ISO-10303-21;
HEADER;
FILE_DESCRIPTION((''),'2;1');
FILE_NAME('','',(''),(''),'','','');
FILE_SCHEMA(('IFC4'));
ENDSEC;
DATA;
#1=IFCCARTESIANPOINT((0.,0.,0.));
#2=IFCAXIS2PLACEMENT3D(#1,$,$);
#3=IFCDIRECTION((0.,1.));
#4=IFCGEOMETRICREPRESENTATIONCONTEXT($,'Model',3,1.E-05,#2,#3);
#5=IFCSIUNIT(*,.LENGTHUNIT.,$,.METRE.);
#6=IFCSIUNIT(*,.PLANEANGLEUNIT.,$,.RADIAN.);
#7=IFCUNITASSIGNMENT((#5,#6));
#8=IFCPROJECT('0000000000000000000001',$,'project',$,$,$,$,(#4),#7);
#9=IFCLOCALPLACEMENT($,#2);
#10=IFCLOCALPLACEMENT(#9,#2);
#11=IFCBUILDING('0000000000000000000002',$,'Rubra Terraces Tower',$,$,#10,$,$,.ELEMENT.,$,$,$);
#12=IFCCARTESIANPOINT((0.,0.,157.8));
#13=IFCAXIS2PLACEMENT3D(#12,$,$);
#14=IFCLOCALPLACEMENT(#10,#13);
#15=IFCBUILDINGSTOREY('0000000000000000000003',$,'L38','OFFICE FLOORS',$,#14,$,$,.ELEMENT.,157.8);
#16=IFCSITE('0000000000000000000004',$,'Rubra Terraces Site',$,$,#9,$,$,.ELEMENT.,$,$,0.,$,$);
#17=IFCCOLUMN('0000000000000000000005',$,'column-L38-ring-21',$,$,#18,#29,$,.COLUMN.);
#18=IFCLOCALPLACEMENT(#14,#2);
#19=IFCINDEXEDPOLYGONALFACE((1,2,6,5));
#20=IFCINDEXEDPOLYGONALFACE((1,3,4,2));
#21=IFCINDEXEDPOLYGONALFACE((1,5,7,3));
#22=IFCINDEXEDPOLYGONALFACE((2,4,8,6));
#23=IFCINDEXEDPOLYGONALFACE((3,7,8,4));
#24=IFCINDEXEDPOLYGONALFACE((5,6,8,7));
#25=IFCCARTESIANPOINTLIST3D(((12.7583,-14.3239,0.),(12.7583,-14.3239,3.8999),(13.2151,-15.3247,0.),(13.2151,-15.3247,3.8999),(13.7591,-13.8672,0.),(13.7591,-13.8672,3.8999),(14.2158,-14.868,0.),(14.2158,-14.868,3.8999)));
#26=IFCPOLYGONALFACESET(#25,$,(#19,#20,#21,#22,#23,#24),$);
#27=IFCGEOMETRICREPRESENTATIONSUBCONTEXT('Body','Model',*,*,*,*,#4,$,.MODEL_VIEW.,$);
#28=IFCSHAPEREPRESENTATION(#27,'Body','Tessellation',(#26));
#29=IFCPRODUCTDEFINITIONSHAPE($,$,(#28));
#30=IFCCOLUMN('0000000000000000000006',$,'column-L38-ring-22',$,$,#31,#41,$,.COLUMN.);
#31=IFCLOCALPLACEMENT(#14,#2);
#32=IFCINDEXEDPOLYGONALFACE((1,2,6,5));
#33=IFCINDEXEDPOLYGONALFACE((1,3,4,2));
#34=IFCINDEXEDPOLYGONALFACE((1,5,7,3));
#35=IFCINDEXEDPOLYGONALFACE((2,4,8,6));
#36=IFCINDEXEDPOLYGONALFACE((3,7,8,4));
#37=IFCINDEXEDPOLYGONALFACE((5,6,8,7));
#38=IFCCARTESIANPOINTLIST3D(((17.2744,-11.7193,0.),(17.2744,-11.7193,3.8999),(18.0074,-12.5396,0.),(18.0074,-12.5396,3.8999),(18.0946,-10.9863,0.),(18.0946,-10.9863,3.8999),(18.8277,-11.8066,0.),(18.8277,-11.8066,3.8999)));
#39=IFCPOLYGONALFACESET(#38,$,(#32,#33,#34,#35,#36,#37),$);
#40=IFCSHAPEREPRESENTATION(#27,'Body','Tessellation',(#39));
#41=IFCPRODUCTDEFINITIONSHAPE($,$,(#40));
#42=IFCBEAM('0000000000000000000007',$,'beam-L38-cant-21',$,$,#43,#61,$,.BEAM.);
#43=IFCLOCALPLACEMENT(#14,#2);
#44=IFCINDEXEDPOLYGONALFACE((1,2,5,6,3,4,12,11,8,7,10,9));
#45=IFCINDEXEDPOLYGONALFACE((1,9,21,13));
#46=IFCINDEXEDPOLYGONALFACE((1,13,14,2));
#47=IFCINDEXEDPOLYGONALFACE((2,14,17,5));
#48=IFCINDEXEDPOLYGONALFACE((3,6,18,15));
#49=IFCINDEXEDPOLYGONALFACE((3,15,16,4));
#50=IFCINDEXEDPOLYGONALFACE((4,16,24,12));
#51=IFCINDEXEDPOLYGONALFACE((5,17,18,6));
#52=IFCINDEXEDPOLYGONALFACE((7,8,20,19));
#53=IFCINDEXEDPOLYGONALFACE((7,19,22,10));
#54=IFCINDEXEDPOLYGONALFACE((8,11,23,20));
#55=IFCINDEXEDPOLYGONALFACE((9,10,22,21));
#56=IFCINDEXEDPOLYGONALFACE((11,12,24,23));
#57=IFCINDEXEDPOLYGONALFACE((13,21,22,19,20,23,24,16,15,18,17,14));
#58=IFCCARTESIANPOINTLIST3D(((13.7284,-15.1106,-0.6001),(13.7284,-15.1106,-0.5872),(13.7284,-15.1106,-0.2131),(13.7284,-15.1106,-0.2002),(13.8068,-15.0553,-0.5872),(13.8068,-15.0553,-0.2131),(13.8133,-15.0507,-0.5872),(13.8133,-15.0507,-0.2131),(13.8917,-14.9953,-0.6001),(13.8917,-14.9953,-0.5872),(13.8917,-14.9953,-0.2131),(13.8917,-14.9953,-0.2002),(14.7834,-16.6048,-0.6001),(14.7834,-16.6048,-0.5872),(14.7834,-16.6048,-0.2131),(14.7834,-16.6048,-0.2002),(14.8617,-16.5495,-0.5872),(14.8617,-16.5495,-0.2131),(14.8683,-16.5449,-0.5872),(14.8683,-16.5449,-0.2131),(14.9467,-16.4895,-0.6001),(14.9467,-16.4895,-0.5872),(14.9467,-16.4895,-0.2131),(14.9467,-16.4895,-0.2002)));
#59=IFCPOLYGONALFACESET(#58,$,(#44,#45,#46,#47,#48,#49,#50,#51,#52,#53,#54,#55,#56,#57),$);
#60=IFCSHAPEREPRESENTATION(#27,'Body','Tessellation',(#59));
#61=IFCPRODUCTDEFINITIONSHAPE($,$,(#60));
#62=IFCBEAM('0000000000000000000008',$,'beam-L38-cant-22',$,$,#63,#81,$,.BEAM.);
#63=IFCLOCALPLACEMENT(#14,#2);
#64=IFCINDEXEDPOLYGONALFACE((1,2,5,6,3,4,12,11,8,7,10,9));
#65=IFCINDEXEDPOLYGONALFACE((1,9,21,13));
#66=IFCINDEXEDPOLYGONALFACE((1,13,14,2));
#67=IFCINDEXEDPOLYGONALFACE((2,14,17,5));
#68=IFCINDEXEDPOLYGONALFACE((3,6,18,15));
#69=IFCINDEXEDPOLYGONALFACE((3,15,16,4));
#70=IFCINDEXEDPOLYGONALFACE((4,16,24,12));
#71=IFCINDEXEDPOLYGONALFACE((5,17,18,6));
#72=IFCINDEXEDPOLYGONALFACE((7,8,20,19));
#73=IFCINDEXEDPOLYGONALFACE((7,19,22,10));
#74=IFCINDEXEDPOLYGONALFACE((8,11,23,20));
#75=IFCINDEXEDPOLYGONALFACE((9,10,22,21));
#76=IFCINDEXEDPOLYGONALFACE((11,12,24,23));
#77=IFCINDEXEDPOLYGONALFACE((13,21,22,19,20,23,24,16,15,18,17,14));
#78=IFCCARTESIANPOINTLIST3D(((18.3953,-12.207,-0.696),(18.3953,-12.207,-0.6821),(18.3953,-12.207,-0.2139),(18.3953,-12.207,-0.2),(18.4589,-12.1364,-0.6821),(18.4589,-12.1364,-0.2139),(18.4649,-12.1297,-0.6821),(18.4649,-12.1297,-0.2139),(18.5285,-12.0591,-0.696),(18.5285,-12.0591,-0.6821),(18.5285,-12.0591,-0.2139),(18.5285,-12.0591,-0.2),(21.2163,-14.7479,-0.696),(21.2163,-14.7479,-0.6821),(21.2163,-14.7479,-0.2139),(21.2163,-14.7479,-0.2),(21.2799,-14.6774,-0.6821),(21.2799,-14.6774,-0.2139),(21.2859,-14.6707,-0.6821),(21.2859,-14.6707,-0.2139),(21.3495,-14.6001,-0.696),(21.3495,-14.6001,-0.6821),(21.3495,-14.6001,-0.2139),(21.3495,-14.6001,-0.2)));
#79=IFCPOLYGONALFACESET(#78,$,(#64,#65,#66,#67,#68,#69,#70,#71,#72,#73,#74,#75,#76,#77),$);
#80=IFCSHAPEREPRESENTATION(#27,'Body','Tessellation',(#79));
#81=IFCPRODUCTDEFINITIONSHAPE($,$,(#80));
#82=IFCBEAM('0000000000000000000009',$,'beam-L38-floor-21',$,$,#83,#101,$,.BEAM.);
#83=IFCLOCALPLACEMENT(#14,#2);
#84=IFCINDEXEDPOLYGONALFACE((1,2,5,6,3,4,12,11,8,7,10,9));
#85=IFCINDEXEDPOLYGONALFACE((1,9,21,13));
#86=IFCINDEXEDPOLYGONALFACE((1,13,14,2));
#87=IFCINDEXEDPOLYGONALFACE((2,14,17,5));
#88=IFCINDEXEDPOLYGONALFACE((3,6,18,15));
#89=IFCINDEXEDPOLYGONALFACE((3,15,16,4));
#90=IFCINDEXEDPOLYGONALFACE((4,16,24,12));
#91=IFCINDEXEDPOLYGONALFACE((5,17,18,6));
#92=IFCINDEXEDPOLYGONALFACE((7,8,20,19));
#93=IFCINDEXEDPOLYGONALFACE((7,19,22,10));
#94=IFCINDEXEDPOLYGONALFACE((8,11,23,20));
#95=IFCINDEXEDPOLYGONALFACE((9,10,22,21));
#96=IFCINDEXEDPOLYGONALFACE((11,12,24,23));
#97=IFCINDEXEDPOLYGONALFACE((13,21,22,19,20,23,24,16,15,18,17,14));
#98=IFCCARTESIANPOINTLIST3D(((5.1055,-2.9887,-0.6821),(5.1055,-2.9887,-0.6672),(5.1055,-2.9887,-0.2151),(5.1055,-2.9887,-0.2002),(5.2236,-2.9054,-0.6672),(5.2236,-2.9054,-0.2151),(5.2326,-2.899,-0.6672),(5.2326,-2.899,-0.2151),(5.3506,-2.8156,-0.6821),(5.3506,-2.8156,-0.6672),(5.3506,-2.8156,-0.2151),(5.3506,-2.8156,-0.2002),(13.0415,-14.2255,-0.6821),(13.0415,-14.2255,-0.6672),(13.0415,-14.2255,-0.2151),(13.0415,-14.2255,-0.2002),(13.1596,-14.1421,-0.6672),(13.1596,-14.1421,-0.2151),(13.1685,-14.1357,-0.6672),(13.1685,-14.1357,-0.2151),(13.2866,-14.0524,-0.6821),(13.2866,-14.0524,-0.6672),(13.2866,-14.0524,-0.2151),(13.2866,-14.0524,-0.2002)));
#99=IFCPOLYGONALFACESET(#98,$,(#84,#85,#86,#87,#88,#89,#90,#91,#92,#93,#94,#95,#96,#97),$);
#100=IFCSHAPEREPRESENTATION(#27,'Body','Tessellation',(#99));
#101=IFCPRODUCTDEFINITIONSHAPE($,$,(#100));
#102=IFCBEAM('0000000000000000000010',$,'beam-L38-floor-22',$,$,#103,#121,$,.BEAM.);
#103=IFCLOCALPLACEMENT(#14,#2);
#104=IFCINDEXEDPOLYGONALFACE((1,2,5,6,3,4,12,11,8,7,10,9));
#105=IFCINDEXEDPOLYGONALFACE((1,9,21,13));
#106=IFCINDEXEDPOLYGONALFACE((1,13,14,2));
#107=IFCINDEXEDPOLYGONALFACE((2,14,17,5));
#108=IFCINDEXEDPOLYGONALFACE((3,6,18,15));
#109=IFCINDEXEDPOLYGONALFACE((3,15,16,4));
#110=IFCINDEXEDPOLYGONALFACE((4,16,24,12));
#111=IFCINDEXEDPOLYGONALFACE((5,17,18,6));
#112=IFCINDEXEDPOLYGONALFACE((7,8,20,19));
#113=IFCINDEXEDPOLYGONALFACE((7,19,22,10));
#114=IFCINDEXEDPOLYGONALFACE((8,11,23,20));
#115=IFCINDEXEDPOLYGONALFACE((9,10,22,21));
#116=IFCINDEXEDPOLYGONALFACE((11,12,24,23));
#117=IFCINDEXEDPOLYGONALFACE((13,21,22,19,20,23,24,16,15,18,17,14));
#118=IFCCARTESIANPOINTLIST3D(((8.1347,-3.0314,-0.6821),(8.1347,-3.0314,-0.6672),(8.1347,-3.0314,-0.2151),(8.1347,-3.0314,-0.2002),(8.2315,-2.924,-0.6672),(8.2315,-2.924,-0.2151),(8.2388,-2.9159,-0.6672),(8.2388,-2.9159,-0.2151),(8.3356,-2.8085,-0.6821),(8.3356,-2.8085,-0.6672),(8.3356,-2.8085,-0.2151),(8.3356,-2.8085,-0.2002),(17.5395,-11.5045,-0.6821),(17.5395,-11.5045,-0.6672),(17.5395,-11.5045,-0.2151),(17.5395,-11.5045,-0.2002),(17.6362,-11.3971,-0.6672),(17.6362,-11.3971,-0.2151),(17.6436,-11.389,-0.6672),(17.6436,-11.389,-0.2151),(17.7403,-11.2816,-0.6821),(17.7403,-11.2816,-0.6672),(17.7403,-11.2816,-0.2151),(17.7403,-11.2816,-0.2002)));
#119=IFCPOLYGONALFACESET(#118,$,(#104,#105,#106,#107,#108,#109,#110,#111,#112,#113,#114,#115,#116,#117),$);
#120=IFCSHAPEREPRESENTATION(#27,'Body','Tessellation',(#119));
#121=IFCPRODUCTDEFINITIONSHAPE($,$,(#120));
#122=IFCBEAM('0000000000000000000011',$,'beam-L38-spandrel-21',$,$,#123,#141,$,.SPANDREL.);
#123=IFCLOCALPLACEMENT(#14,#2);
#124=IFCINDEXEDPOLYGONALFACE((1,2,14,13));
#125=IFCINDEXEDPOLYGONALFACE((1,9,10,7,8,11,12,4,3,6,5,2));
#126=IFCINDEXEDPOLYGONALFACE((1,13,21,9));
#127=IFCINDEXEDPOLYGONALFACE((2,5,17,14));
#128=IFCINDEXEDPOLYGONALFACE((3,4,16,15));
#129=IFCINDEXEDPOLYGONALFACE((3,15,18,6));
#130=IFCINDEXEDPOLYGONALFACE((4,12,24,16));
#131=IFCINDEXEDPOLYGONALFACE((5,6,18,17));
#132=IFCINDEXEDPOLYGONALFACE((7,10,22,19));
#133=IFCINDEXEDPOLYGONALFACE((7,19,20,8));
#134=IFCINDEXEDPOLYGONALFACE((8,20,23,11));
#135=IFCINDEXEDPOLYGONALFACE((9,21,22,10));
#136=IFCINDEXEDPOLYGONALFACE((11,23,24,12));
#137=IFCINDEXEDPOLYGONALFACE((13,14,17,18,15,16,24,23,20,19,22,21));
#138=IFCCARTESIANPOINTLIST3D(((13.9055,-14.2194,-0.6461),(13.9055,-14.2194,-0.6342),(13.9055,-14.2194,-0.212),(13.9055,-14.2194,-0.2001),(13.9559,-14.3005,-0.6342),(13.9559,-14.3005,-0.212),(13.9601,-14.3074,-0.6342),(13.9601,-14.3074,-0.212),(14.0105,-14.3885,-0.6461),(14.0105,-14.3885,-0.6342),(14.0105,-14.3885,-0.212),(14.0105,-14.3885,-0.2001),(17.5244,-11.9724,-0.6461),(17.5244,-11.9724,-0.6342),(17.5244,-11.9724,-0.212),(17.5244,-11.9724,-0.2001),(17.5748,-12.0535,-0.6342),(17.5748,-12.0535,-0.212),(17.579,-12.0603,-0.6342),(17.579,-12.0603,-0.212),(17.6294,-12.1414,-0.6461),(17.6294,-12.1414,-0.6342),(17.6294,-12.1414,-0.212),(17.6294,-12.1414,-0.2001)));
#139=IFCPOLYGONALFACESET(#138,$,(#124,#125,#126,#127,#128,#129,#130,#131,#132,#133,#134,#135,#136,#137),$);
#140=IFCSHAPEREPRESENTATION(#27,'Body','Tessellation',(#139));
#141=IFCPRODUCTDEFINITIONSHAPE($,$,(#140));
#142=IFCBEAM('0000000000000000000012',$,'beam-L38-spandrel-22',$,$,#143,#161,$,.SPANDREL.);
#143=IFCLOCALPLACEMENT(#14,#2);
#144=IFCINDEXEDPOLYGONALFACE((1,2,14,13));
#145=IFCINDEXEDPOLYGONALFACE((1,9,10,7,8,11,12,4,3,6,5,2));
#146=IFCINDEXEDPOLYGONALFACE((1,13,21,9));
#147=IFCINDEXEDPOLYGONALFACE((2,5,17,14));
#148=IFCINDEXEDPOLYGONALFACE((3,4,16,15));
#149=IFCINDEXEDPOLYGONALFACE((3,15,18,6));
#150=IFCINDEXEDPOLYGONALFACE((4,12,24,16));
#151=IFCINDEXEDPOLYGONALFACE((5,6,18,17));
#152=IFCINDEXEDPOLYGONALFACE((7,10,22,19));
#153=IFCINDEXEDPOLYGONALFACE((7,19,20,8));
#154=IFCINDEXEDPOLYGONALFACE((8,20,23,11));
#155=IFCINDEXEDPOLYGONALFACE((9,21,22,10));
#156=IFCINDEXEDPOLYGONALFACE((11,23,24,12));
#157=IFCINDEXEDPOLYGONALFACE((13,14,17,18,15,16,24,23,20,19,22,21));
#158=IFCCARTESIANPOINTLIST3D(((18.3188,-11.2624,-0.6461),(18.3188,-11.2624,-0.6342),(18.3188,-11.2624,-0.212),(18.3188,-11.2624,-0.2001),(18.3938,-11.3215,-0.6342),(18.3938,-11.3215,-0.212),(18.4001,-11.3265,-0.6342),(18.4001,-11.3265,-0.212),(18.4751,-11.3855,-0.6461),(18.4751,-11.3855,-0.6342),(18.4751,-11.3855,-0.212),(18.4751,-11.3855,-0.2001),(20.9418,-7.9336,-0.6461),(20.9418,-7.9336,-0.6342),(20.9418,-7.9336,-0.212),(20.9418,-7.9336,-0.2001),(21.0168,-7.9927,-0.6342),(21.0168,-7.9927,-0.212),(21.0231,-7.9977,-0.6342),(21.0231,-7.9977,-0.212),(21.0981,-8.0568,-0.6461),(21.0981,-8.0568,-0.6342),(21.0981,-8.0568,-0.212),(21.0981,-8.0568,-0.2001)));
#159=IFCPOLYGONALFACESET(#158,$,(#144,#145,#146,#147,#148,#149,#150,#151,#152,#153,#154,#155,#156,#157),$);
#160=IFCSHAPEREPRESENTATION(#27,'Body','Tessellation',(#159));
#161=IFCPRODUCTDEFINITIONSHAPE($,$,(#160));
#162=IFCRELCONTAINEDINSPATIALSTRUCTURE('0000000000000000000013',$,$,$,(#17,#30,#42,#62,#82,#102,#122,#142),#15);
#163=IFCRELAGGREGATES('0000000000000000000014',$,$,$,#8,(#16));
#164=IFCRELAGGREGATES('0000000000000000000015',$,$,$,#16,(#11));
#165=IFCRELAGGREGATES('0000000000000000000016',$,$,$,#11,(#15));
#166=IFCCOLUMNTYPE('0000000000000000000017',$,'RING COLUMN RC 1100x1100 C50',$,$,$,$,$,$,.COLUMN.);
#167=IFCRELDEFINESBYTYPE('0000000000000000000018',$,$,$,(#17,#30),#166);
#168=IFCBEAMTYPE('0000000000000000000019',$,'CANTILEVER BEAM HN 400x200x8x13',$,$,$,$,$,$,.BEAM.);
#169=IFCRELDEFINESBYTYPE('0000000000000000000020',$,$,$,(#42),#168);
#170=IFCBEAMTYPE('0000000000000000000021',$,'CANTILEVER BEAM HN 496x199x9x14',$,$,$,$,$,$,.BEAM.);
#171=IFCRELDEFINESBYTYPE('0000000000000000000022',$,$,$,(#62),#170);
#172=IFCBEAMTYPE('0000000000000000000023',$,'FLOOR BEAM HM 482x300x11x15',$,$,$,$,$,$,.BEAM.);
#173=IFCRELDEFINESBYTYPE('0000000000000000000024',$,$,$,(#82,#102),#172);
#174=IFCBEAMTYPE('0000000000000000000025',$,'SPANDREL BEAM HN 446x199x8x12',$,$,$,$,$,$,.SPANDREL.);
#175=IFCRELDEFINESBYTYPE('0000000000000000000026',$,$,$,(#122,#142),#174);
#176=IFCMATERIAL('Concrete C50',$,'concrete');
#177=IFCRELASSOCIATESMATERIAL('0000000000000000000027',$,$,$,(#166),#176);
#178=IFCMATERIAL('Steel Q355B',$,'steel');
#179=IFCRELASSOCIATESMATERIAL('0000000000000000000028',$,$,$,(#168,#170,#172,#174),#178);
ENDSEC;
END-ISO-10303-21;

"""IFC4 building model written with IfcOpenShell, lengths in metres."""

from ifc_helpers import new_model, si_unit, direction, frame, origin, origin_2d, place, context, subcontext, project, spatial, rectangle, i_section, extrude, material, material_profile, profile_set, type_object, element, save


model = new_model("IFC4")

# Units and contexts
model_context = context("Model", 3, precision=1e-05, world=origin(), true_north=direction((0.0, 1.0)))
body_context = subcontext(model_context, "Body", "Model", "MODEL_VIEW")
ifc_project = project(units=[si_unit("LENGTHUNIT", "METRE"), si_unit("PLANEANGLEUNIT", "RADIAN")], contexts=[model_context])

# Site, building, storey
site_placement = place(None, origin())
site = spatial("IfcSite", under=ifc_project, at=site_placement, Name="Rubra Terraces Site", CompositionType="ELEMENT", RefElevation=0.0)
building_placement = place(site_placement, origin())
building = spatial("IfcBuilding", under=site, at=building_placement, Name="Rubra Terraces Tower", CompositionType="ELEMENT")
storey_placement = place(building_placement, frame((0.0, 0.0, 157.8)))
storey = spatial("IfcBuildingStorey", under=building, at=storey_placement, Name="L38", Description="OFFICE FLOORS", CompositionType="ELEMENT", Elevation=157.8)

# Columns
ifc_material_1 = material(Name="Concrete C50", Category="concrete")
ifc_material_profile_1 = material_profile(ifc_material_1, rectangle(XDim=1.1001, YDim=1.1001, at=origin_2d()), Name="RC 1100x1100")
ifc_profile_set_1 = profile_set([ifc_material_profile_1], Name="Concrete C50")
column_type = type_object("IfcColumnType", Name="RING COLUMN RC 1100x1100 C50", PredefinedType="COLUMN", material=ifc_profile_set_1)
for number, where, z_axis, x_axis, name in (
    (1, (13.4871, -14.5959, 0.0), (0.0, 0.0, 1.0), (0.909726, 0.415208, 0.0), "column-L38-ring-21"),
    (2, (18.051, -11.7629, 0.0), (0.0, 0.0, 1.0), (0.745642, 0.666347, 0.0), "column-L38-ring-22"),
):
    element("IfcColumn", number, at=place(storey_placement, frame(where, z_axis=z_axis, x_axis=x_axis)), inside=storey, type_object=column_type, Name=name, PredefinedType="COLUMN", context=body_context, shape_type="SweptSolid", body=[
        extrude(rectangle(XDim=1.1001, YDim=1.1001, at=origin_2d()), origin(), (0.0, 0.0, 1.0), 3.8999),
    ])

# Beams
ifc_material_2 = material(Name="Steel Q355B", Category="steel")
ifc_material_profile_2 = material_profile(ifc_material_2, i_section(OverallWidth=0.2, OverallDepth=0.3999, WebThickness=0.0081, FlangeThickness=0.0129, at=origin_2d()), Name="HN 400x200x8x13")
ifc_profile_set_2 = profile_set([ifc_material_profile_2], Name="Steel Q355B")
beam_type_1 = type_object("IfcBeamType", Name="CANTILEVER BEAM HN 400x200x8x13", PredefinedType="BEAM", material=ifc_profile_set_2)
beam_1_placement = place(storey_placement, frame((13.8101, -15.053, -0.4001), z_axis=(0.576772, -0.816905, 0.0), x_axis=(0.816905, 0.576772, 0.0)))
element("IfcBeam", 3, at=beam_1_placement, inside=storey, type_object=beam_type_1, Name="beam-L38-cant-21", PredefinedType="BEAM", context=body_context, shape_type="SweptSolid", body=[
    extrude(i_section(OverallWidth=0.2, OverallDepth=0.3999, WebThickness=0.0081, FlangeThickness=0.0129, at=origin_2d()), origin(), (0.0, 0.0, 1.0), 1.8291),
])
ifc_material_profile_3 = material_profile(ifc_material_2, i_section(OverallWidth=0.199, OverallDepth=0.4961, WebThickness=0.009, FlangeThickness=0.0139, at=origin_2d()), Name="HN 496x199x9x14")
ifc_profile_set_3 = profile_set([ifc_material_profile_3], Name="Steel Q355B")
beam_type_2 = type_object("IfcBeamType", Name="CANTILEVER BEAM HN 496x199x9x14", PredefinedType="BEAM", material=ifc_profile_set_3)
beam_2_placement = place(storey_placement, frame((18.4619, -12.1331, -0.448), z_axis=(0.743022, -0.669267, 0.0), x_axis=(0.669267, 0.743022, 0.0)))
element("IfcBeam", 4, at=beam_2_placement, inside=storey, type_object=beam_type_2, Name="beam-L38-cant-22", PredefinedType="BEAM", context=body_context, shape_type="SweptSolid", body=[
    extrude(i_section(OverallWidth=0.199, OverallDepth=0.4961, WebThickness=0.009, FlangeThickness=0.0139, at=origin_2d()), origin(), (0.0, 0.0, 1.0), 3.7966),
])
ifc_material_profile_4 = material_profile(ifc_material_2, i_section(OverallWidth=0.3, OverallDepth=0.4819, WebThickness=0.011, FlangeThickness=0.0149, at=origin_2d()), Name="HM 482x300x11x15")
ifc_profile_set_4 = profile_set([ifc_material_profile_4], Name="Steel Q355B")
beam_type_3 = type_object("IfcBeamType", Name="FLOOR BEAM HM 482x300x11x15", PredefinedType="BEAM", material=ifc_profile_set_4)
beam_3_placement = place(storey_placement, frame((13.1641, -14.1389, -0.4412), z_axis=(-0.576885, 0.816825, 0.0), x_axis=(-0.816825, -0.576885, 0.0)))
element("IfcBeam", 5, at=beam_3_placement, inside=storey, type_object=beam_type_3, Name="beam-L38-floor-21", PredefinedType="BEAM", context=body_context, shape_type="SweptSolid", body=[
    extrude(i_section(OverallWidth=0.3, OverallDepth=0.4819, WebThickness=0.011, FlangeThickness=0.0149, at=origin_2d()), origin(), (0.0, 0.0, 1.0), 13.7566),
])
beam_4_placement = place(storey_placement, frame((17.6399, -11.3931, -0.4412), z_axis=(-0.742947, 0.66935, 0.0), x_axis=(-0.66935, -0.742947, 0.0)))
element("IfcBeam", 6, at=beam_4_placement, inside=storey, type_object=beam_type_3, Name="beam-L38-floor-22", PredefinedType="BEAM", context=body_context, shape_type="SweptSolid", body=[
    extrude(i_section(OverallWidth=0.3, OverallDepth=0.4819, WebThickness=0.011, FlangeThickness=0.0149, at=origin_2d()), origin(), (0.0, 0.0, 1.0), 12.6587),
])
ifc_material_profile_5 = material_profile(ifc_material_2, i_section(OverallWidth=0.199, OverallDepth=0.446, WebThickness=0.0081, FlangeThickness=0.012, at=origin_2d()), Name="HN 446x199x8x12")
ifc_profile_set_5 = profile_set([ifc_material_profile_5], Name="Steel Q355B")
beam_type_4 = type_object("IfcBeamType", Name="SPANDREL BEAM HN 446x199x8x12", PredefinedType="SPANDREL", material=ifc_profile_set_5)
beam_5_placement = place(storey_placement, frame((13.958, -14.304, -0.4231), z_axis=(0.84955, 0.527508, 0.0), x_axis=(-0.527508, 0.84955, 0.0)))
element("IfcBeam", 7, at=beam_5_placement, inside=storey, type_object=beam_type_4, Name="beam-L38-spandrel-21", PredefinedType="SPANDREL", context=body_context, shape_type="SweptSolid", body=[
    extrude(i_section(OverallWidth=0.199, OverallDepth=0.446, WebThickness=0.0081, FlangeThickness=0.012, at=origin_2d()), origin(), (0.0, 0.0, 1.0), 4.2598),
])
beam_6_placement = place(storey_placement, frame((18.397, -11.324, -0.4231), z_axis=(0.618917, 0.785456, 0.0), x_axis=(-0.785456, 0.618917, 0.0)))
element("IfcBeam", 8, at=beam_6_placement, inside=storey, type_object=beam_type_4, Name="beam-L38-spandrel-22", PredefinedType="SPANDREL", context=body_context, shape_type="SweptSolid", body=[
    extrude(i_section(OverallWidth=0.199, OverallDepth=0.446, WebThickness=0.0081, FlangeThickness=0.012, at=origin_2d()), origin(), (0.0, 0.0, 1.0), 4.238),
])

save(model, "model.ifc")
